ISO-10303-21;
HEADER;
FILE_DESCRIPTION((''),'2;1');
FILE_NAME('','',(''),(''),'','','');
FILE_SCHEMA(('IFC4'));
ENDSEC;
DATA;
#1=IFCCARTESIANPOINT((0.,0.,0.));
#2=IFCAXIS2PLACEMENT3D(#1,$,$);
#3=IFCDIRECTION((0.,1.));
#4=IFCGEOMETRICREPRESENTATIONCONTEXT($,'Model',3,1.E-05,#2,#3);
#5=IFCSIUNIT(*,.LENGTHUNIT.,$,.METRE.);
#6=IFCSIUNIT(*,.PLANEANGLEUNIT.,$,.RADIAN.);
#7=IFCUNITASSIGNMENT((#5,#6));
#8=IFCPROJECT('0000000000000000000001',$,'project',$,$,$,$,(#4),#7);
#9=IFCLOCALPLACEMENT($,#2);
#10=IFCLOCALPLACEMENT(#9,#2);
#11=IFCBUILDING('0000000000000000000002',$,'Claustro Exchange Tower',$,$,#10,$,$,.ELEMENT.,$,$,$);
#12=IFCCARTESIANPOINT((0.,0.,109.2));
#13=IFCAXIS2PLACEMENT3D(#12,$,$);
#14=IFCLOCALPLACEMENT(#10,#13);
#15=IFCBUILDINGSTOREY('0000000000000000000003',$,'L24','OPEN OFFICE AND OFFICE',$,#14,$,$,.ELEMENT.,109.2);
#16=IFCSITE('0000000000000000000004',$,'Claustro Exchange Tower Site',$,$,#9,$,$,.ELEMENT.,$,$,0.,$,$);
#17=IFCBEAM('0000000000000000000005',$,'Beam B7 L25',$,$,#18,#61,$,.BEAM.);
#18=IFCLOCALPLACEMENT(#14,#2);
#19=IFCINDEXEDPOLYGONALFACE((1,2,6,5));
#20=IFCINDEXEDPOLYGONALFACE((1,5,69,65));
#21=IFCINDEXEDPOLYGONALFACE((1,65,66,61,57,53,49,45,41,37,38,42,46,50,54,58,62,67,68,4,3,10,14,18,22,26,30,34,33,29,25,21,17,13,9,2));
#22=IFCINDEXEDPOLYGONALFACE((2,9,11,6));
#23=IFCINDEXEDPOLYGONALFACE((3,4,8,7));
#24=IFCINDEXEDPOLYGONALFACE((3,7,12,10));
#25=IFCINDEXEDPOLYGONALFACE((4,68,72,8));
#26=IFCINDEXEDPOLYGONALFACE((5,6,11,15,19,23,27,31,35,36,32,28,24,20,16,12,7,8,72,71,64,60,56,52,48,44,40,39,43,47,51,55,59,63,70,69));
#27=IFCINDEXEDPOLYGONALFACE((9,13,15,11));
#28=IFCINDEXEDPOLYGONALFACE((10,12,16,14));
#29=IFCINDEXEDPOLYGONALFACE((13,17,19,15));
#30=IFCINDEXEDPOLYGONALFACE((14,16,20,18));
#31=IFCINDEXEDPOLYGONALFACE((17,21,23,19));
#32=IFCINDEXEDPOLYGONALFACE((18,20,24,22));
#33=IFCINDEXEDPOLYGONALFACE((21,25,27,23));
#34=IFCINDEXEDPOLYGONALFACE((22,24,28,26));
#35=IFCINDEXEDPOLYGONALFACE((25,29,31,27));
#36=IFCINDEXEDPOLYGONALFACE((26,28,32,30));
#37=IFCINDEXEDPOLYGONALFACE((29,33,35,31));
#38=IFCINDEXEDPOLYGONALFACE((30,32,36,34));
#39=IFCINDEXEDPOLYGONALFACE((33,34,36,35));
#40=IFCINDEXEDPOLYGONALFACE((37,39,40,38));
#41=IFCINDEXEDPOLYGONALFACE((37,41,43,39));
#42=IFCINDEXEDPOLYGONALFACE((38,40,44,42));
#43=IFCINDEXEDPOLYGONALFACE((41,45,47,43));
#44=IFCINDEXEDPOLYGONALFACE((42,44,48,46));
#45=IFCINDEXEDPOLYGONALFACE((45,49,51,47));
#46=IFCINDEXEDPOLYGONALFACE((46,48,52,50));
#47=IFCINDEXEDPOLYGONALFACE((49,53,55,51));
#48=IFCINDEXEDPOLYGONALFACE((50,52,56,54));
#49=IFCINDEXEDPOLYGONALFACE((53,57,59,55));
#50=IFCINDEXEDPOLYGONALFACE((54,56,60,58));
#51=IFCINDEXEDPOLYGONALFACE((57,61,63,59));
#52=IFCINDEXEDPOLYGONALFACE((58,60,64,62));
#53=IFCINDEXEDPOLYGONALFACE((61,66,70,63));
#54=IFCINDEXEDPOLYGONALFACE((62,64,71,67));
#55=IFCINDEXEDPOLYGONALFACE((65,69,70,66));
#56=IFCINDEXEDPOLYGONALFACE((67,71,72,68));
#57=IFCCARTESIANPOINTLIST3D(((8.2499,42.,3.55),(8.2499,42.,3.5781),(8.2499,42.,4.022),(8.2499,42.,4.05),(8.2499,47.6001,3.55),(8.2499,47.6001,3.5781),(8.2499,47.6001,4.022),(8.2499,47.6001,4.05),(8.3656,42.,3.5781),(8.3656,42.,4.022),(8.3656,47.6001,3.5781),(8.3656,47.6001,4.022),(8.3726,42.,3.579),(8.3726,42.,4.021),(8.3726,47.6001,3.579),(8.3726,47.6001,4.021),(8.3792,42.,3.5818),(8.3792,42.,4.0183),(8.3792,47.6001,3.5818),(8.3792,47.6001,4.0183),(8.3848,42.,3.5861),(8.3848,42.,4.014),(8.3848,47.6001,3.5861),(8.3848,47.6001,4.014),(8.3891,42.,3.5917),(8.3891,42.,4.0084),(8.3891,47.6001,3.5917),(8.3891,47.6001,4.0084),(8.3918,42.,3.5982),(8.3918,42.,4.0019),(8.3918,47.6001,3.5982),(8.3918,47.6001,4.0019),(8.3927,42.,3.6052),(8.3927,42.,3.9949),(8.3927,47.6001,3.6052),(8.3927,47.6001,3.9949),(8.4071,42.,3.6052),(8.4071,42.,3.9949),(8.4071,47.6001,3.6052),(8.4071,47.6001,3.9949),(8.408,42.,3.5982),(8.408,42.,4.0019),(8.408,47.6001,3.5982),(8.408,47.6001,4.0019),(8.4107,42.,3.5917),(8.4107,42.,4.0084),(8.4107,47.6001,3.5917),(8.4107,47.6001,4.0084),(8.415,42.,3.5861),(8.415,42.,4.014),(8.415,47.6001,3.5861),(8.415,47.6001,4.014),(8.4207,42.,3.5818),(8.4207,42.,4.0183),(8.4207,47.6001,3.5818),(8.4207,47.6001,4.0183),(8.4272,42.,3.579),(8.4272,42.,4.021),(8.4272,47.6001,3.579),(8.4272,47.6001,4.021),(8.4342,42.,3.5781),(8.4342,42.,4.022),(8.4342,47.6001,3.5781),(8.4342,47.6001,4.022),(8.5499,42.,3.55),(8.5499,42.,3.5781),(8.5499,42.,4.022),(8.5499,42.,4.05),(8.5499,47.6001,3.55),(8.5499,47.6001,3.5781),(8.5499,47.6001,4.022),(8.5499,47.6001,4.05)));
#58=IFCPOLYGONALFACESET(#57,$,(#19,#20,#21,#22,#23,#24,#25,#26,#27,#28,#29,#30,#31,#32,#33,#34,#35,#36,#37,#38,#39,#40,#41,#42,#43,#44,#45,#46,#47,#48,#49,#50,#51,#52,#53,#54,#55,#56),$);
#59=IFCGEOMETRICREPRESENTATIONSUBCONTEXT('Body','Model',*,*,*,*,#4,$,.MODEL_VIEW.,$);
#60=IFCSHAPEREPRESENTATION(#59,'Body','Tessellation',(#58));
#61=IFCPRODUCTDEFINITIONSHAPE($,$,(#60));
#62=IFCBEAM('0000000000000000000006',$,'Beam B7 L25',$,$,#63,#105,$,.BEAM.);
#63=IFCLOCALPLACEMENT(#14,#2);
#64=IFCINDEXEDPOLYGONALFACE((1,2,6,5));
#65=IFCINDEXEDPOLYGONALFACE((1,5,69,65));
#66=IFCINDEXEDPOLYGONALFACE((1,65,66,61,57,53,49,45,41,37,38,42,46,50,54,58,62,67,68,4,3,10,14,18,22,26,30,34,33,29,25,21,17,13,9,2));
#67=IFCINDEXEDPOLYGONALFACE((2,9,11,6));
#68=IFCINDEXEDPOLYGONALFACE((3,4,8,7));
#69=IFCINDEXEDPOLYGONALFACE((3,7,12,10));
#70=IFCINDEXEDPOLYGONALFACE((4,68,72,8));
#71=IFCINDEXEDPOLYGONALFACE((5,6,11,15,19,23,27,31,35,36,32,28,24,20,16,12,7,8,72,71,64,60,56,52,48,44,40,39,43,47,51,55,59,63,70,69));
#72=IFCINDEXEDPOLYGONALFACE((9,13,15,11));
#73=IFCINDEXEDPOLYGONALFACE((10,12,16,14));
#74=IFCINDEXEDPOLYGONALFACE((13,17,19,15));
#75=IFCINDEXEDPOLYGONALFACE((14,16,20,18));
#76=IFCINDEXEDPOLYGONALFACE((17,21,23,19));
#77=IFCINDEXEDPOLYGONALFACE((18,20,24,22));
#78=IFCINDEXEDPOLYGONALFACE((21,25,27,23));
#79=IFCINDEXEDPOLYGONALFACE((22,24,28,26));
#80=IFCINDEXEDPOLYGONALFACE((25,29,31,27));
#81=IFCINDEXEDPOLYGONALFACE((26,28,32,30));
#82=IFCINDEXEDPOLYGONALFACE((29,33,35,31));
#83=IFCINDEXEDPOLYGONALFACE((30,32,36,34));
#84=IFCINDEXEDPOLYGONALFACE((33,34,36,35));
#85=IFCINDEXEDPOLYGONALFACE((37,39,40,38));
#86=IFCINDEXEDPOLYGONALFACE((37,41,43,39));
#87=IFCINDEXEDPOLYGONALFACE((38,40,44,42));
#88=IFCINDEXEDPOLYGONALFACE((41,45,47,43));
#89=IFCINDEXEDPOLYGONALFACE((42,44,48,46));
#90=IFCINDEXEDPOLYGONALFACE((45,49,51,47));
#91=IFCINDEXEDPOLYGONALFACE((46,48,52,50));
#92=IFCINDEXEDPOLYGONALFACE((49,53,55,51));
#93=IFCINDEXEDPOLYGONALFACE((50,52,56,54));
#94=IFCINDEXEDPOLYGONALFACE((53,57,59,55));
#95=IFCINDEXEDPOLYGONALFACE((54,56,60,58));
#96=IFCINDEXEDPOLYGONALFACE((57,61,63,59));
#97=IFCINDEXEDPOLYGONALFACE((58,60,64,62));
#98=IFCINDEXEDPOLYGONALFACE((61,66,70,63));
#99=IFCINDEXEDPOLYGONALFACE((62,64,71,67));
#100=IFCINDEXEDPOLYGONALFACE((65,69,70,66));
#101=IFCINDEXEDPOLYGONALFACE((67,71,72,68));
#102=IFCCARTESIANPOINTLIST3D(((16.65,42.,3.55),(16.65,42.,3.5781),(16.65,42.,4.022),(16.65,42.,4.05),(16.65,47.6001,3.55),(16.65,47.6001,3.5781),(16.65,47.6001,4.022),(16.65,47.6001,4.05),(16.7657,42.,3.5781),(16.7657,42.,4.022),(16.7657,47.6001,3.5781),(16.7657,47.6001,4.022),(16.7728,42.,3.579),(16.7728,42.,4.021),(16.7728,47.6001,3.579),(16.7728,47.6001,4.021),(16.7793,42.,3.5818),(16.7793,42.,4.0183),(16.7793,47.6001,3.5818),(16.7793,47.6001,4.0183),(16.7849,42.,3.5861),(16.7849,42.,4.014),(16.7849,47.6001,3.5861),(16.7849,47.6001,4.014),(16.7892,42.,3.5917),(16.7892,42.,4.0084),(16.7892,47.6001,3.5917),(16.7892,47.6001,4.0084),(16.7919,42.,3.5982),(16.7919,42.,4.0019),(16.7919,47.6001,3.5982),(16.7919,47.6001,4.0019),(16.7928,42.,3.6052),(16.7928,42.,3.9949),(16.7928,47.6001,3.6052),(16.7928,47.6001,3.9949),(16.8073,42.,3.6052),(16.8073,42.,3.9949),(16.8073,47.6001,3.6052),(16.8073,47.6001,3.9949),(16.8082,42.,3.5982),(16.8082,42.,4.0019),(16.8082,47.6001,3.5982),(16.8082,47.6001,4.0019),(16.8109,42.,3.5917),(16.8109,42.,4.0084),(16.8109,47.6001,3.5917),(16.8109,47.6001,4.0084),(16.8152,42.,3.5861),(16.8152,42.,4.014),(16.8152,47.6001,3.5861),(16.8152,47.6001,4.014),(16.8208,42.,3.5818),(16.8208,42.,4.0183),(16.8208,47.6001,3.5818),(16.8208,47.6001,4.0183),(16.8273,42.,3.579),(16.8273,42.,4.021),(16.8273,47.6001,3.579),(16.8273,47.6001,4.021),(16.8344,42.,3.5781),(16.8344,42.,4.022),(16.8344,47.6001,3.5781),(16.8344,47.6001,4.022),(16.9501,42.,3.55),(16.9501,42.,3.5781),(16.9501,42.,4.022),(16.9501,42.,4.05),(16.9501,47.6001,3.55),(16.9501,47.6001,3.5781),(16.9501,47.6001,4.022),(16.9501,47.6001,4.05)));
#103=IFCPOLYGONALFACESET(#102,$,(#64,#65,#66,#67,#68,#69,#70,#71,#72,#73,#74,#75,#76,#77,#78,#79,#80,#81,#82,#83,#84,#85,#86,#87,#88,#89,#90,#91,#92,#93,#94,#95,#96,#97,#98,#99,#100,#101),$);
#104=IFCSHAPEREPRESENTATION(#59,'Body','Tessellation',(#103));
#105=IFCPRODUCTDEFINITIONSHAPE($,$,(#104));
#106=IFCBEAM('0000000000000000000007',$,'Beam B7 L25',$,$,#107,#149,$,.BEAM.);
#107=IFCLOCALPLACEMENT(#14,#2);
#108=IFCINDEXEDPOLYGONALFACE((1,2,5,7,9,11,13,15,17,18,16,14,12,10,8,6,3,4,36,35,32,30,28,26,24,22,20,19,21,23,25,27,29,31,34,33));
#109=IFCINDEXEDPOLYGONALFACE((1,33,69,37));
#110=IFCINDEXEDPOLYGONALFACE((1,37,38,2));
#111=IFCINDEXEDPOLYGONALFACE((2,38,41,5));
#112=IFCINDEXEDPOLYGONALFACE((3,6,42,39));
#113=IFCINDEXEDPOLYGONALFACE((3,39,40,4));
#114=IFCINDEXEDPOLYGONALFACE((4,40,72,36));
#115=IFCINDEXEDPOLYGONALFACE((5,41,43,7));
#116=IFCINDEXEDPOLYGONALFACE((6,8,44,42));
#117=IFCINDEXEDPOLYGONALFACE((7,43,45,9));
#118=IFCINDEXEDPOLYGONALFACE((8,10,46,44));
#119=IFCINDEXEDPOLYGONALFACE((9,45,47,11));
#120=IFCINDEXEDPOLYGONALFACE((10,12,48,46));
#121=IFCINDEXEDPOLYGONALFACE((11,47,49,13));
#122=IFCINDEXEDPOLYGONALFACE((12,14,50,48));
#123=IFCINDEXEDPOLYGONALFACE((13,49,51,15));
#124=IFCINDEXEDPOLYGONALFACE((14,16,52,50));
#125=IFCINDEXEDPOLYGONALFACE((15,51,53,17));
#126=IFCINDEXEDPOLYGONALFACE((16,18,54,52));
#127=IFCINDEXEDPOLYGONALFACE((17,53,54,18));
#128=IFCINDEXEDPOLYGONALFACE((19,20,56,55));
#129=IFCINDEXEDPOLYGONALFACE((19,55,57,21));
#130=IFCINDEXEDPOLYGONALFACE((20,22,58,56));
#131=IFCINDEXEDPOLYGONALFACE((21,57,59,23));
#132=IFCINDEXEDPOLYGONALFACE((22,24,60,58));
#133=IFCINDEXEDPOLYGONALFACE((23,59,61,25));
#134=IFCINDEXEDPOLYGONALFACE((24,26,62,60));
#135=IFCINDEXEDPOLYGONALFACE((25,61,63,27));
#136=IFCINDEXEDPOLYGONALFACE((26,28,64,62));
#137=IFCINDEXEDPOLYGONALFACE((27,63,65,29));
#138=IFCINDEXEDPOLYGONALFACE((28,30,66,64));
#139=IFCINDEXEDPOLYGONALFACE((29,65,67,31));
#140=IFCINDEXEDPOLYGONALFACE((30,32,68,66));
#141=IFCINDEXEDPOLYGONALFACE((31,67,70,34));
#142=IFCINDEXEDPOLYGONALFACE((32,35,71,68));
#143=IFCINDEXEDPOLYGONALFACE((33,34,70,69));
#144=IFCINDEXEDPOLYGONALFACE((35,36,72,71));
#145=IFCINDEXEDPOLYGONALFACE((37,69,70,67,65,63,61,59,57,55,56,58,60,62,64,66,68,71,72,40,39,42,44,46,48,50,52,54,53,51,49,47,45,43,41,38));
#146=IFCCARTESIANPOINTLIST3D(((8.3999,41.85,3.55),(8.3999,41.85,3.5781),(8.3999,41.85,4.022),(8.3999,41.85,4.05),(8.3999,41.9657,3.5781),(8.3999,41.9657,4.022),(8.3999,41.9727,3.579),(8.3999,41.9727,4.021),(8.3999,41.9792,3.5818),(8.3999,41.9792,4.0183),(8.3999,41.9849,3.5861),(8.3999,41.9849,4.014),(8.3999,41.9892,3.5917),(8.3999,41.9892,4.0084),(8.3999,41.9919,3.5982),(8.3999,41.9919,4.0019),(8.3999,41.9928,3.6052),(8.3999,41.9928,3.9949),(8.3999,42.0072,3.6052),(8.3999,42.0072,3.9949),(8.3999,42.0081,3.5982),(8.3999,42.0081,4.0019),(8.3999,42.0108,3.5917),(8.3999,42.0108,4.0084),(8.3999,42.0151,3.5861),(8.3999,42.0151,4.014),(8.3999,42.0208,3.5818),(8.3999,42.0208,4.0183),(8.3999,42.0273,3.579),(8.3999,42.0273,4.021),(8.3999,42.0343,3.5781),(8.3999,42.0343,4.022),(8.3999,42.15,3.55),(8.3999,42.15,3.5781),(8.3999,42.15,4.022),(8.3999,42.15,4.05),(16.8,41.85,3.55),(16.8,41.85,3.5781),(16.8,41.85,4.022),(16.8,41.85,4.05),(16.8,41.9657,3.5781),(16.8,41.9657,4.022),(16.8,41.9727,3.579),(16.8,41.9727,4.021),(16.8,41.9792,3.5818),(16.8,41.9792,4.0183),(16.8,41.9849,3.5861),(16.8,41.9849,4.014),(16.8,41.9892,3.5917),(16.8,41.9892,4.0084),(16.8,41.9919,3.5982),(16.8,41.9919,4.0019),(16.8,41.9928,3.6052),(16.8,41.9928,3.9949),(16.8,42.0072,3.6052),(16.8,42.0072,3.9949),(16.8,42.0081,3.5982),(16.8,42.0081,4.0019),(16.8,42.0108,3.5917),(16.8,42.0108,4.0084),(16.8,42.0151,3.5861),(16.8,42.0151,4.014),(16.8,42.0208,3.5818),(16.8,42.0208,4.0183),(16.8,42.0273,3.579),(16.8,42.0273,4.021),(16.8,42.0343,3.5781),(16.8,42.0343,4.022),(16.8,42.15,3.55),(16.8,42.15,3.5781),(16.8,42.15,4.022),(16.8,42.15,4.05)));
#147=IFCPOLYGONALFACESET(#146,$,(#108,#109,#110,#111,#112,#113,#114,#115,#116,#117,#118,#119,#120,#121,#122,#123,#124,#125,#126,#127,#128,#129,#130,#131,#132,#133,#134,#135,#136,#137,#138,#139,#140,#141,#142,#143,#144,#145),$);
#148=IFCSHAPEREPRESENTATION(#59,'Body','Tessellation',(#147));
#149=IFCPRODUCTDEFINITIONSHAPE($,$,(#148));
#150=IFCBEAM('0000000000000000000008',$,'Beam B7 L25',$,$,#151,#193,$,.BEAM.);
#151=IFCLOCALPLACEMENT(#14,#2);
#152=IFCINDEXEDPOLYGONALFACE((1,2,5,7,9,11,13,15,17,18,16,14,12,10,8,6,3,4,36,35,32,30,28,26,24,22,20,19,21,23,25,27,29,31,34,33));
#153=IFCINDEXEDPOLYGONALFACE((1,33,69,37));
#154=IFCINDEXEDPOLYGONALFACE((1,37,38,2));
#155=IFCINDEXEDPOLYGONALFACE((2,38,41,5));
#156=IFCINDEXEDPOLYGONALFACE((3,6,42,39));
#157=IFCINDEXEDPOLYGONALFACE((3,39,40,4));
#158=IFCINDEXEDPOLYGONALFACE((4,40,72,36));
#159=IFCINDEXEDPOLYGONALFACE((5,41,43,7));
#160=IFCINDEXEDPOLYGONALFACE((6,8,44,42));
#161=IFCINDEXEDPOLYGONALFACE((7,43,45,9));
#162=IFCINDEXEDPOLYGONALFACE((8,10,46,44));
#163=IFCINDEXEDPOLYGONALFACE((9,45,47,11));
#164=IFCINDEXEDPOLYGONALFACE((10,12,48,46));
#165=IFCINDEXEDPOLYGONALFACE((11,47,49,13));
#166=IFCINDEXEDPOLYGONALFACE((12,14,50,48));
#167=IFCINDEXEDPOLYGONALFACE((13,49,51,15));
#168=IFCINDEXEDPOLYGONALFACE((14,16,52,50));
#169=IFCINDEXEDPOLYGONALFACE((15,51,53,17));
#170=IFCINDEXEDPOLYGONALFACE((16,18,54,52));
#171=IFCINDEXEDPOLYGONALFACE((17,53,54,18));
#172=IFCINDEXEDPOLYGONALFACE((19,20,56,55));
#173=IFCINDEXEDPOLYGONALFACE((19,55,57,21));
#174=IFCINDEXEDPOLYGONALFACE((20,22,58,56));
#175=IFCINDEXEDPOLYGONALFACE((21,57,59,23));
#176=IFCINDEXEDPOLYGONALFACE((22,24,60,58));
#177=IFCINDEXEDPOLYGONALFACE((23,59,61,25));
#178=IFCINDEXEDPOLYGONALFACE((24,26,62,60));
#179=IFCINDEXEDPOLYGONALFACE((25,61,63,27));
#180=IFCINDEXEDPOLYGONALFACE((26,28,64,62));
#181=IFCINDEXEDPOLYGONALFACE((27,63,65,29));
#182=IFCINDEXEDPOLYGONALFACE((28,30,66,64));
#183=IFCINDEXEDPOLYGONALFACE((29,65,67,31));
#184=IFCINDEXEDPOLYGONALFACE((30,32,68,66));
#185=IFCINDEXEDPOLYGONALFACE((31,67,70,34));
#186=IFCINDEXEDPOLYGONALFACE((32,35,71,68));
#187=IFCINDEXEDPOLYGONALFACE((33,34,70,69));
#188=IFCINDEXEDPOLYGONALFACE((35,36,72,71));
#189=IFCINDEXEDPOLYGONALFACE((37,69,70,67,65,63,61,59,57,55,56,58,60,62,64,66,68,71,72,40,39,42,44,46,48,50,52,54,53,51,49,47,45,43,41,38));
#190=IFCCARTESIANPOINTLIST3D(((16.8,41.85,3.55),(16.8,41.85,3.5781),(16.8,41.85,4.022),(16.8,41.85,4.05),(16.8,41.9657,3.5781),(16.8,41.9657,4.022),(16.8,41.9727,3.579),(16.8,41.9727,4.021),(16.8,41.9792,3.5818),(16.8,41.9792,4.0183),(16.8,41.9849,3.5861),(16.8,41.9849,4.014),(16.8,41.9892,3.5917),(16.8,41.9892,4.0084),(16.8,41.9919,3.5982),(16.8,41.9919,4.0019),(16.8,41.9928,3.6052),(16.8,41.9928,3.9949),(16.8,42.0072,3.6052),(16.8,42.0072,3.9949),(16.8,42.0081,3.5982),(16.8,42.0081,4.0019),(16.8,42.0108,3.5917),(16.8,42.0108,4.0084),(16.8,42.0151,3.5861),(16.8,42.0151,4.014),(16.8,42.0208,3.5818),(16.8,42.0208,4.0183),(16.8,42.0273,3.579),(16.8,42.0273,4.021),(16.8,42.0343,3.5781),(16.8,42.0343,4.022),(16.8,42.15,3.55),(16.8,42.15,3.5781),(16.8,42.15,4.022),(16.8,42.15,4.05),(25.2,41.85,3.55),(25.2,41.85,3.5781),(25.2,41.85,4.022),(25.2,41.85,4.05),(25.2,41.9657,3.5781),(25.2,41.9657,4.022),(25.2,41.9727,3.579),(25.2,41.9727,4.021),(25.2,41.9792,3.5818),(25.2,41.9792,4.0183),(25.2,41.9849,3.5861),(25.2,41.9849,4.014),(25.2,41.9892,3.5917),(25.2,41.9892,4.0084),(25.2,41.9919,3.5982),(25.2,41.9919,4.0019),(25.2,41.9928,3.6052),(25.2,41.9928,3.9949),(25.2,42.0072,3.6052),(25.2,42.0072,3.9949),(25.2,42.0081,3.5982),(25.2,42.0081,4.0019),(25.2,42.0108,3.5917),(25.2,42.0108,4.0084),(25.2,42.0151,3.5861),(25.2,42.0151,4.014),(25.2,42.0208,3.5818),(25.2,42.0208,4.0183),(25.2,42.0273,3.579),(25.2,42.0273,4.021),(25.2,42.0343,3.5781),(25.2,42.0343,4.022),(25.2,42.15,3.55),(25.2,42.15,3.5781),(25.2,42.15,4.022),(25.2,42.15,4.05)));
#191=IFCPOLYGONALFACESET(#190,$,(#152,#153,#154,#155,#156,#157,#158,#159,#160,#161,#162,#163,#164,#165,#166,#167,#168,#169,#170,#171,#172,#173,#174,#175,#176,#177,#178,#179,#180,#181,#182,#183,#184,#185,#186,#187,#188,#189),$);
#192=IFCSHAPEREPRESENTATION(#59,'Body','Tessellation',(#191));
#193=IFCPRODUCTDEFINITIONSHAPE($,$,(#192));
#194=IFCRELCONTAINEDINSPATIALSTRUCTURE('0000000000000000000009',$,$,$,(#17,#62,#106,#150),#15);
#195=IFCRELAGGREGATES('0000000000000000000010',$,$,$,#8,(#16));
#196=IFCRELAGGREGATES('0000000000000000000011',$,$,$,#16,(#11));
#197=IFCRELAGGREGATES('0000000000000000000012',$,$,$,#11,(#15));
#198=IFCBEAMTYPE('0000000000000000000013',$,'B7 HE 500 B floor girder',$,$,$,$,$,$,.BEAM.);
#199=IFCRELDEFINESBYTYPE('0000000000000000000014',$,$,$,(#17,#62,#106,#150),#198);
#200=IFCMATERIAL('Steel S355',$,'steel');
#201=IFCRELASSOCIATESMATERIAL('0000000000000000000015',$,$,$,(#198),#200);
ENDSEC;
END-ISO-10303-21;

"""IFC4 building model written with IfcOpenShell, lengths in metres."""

from ifc_helpers import new_model, si_unit, direction, frame, origin, origin_2d, place, context, subcontext, project, spatial, i_section, extrude, material, material_profile, profile_set, type_object, element, save


model = new_model("IFC4")

# Units and contexts
model_context = context("Model", 3, precision=1e-05, world=origin(), true_north=direction((0.0, 1.0)))
body_context = subcontext(model_context, "Body", "Model", "MODEL_VIEW")
ifc_project = project(units=[si_unit("LENGTHUNIT", "METRE"), si_unit("PLANEANGLEUNIT", "RADIAN")], contexts=[model_context])

# Site, building, storey
site_placement = place(None, origin())
site = spatial("IfcSite", under=ifc_project, at=site_placement, Name="Claustro Exchange Tower Site", CompositionType="ELEMENT", RefElevation=0.0)
building_placement = place(site_placement, origin())
building = spatial("IfcBuilding", under=site, at=building_placement, Name="Claustro Exchange Tower", CompositionType="ELEMENT")
storey_placement = place(building_placement, frame((0.0, 0.0, 109.2)))
storey = spatial("IfcBuildingStorey", under=building, at=storey_placement, Name="L24", Description="OPEN OFFICE AND OFFICE", CompositionType="ELEMENT", Elevation=109.2)

# Beams
ifc_material_1 = material(Name="Steel S355", Category="steel")
ifc_material_profile_1 = material_profile(ifc_material_1, i_section(OverallWidth=0.3, OverallDepth=0.5, WebThickness=0.0144, FlangeThickness=0.0281, FilletRadius=0.0271, at=origin_2d()), Name="HE 500 B")
ifc_profile_set_1 = profile_set([ifc_material_profile_1], Name="Steel S355")
beam_type_1 = type_object("IfcBeamType", Name="B7 HE 500 B floor girder", PredefinedType="BEAM", material=ifc_profile_set_1)
for number, where, z_axis, x_axis, name in (
    (1, (8.3999, 42.0, 3.8), (0.0, 1.0, 0.0), (-1.0, 0.0, 0.0), "Beam B7 L25"),
    (2, (16.8, 42.0, 3.8), (0.0, 1.0, 0.0), (-1.0, 0.0, 0.0), "Beam B7 L25"),
):
    element("IfcBeam", number, at=place(storey_placement, frame(where, z_axis=z_axis, x_axis=x_axis)), inside=storey, type_object=beam_type_1, Name=name, PredefinedType="BEAM", context=body_context, shape_type="SweptSolid", body=[
        extrude(i_section(OverallWidth=0.3, OverallDepth=0.5, WebThickness=0.0144, FlangeThickness=0.0281, FilletRadius=0.0271, at=origin_2d()), origin(), (0.0, 0.0, 1.0), 5.6001),
    ])
beam_1_placement = place(storey_placement, frame((8.3999, 42.0, 3.8), z_axis=(1.0, 0.0, 0.0), x_axis=(0.0, 1.0, 0.0)))
element("IfcBeam", 3, at=beam_1_placement, inside=storey, type_object=beam_type_1, Name="Beam B7 L25", PredefinedType="BEAM", context=body_context, shape_type="SweptSolid", body=[
    extrude(i_section(OverallWidth=0.3, OverallDepth=0.5, WebThickness=0.0144, FlangeThickness=0.0281, FilletRadius=0.0271, at=origin_2d()), origin(), (0.0, 0.0, 1.0), 8.4001),
])
beam_2_placement = place(storey_placement, frame((16.8, 42.0, 3.8), z_axis=(1.0, 0.0, 0.0), x_axis=(0.0, 1.0, 0.0)))
element("IfcBeam", 4, at=beam_2_placement, inside=storey, type_object=beam_type_1, Name="Beam B7 L25", PredefinedType="BEAM", context=body_context, shape_type="SweptSolid", body=[
    extrude(i_section(OverallWidth=0.3, OverallDepth=0.5, WebThickness=0.0144, FlangeThickness=0.0281, FilletRadius=0.0271, at=origin_2d()), origin(), (0.0, 0.0, 1.0), 8.3999),
])

save(model, "model.ifc")
